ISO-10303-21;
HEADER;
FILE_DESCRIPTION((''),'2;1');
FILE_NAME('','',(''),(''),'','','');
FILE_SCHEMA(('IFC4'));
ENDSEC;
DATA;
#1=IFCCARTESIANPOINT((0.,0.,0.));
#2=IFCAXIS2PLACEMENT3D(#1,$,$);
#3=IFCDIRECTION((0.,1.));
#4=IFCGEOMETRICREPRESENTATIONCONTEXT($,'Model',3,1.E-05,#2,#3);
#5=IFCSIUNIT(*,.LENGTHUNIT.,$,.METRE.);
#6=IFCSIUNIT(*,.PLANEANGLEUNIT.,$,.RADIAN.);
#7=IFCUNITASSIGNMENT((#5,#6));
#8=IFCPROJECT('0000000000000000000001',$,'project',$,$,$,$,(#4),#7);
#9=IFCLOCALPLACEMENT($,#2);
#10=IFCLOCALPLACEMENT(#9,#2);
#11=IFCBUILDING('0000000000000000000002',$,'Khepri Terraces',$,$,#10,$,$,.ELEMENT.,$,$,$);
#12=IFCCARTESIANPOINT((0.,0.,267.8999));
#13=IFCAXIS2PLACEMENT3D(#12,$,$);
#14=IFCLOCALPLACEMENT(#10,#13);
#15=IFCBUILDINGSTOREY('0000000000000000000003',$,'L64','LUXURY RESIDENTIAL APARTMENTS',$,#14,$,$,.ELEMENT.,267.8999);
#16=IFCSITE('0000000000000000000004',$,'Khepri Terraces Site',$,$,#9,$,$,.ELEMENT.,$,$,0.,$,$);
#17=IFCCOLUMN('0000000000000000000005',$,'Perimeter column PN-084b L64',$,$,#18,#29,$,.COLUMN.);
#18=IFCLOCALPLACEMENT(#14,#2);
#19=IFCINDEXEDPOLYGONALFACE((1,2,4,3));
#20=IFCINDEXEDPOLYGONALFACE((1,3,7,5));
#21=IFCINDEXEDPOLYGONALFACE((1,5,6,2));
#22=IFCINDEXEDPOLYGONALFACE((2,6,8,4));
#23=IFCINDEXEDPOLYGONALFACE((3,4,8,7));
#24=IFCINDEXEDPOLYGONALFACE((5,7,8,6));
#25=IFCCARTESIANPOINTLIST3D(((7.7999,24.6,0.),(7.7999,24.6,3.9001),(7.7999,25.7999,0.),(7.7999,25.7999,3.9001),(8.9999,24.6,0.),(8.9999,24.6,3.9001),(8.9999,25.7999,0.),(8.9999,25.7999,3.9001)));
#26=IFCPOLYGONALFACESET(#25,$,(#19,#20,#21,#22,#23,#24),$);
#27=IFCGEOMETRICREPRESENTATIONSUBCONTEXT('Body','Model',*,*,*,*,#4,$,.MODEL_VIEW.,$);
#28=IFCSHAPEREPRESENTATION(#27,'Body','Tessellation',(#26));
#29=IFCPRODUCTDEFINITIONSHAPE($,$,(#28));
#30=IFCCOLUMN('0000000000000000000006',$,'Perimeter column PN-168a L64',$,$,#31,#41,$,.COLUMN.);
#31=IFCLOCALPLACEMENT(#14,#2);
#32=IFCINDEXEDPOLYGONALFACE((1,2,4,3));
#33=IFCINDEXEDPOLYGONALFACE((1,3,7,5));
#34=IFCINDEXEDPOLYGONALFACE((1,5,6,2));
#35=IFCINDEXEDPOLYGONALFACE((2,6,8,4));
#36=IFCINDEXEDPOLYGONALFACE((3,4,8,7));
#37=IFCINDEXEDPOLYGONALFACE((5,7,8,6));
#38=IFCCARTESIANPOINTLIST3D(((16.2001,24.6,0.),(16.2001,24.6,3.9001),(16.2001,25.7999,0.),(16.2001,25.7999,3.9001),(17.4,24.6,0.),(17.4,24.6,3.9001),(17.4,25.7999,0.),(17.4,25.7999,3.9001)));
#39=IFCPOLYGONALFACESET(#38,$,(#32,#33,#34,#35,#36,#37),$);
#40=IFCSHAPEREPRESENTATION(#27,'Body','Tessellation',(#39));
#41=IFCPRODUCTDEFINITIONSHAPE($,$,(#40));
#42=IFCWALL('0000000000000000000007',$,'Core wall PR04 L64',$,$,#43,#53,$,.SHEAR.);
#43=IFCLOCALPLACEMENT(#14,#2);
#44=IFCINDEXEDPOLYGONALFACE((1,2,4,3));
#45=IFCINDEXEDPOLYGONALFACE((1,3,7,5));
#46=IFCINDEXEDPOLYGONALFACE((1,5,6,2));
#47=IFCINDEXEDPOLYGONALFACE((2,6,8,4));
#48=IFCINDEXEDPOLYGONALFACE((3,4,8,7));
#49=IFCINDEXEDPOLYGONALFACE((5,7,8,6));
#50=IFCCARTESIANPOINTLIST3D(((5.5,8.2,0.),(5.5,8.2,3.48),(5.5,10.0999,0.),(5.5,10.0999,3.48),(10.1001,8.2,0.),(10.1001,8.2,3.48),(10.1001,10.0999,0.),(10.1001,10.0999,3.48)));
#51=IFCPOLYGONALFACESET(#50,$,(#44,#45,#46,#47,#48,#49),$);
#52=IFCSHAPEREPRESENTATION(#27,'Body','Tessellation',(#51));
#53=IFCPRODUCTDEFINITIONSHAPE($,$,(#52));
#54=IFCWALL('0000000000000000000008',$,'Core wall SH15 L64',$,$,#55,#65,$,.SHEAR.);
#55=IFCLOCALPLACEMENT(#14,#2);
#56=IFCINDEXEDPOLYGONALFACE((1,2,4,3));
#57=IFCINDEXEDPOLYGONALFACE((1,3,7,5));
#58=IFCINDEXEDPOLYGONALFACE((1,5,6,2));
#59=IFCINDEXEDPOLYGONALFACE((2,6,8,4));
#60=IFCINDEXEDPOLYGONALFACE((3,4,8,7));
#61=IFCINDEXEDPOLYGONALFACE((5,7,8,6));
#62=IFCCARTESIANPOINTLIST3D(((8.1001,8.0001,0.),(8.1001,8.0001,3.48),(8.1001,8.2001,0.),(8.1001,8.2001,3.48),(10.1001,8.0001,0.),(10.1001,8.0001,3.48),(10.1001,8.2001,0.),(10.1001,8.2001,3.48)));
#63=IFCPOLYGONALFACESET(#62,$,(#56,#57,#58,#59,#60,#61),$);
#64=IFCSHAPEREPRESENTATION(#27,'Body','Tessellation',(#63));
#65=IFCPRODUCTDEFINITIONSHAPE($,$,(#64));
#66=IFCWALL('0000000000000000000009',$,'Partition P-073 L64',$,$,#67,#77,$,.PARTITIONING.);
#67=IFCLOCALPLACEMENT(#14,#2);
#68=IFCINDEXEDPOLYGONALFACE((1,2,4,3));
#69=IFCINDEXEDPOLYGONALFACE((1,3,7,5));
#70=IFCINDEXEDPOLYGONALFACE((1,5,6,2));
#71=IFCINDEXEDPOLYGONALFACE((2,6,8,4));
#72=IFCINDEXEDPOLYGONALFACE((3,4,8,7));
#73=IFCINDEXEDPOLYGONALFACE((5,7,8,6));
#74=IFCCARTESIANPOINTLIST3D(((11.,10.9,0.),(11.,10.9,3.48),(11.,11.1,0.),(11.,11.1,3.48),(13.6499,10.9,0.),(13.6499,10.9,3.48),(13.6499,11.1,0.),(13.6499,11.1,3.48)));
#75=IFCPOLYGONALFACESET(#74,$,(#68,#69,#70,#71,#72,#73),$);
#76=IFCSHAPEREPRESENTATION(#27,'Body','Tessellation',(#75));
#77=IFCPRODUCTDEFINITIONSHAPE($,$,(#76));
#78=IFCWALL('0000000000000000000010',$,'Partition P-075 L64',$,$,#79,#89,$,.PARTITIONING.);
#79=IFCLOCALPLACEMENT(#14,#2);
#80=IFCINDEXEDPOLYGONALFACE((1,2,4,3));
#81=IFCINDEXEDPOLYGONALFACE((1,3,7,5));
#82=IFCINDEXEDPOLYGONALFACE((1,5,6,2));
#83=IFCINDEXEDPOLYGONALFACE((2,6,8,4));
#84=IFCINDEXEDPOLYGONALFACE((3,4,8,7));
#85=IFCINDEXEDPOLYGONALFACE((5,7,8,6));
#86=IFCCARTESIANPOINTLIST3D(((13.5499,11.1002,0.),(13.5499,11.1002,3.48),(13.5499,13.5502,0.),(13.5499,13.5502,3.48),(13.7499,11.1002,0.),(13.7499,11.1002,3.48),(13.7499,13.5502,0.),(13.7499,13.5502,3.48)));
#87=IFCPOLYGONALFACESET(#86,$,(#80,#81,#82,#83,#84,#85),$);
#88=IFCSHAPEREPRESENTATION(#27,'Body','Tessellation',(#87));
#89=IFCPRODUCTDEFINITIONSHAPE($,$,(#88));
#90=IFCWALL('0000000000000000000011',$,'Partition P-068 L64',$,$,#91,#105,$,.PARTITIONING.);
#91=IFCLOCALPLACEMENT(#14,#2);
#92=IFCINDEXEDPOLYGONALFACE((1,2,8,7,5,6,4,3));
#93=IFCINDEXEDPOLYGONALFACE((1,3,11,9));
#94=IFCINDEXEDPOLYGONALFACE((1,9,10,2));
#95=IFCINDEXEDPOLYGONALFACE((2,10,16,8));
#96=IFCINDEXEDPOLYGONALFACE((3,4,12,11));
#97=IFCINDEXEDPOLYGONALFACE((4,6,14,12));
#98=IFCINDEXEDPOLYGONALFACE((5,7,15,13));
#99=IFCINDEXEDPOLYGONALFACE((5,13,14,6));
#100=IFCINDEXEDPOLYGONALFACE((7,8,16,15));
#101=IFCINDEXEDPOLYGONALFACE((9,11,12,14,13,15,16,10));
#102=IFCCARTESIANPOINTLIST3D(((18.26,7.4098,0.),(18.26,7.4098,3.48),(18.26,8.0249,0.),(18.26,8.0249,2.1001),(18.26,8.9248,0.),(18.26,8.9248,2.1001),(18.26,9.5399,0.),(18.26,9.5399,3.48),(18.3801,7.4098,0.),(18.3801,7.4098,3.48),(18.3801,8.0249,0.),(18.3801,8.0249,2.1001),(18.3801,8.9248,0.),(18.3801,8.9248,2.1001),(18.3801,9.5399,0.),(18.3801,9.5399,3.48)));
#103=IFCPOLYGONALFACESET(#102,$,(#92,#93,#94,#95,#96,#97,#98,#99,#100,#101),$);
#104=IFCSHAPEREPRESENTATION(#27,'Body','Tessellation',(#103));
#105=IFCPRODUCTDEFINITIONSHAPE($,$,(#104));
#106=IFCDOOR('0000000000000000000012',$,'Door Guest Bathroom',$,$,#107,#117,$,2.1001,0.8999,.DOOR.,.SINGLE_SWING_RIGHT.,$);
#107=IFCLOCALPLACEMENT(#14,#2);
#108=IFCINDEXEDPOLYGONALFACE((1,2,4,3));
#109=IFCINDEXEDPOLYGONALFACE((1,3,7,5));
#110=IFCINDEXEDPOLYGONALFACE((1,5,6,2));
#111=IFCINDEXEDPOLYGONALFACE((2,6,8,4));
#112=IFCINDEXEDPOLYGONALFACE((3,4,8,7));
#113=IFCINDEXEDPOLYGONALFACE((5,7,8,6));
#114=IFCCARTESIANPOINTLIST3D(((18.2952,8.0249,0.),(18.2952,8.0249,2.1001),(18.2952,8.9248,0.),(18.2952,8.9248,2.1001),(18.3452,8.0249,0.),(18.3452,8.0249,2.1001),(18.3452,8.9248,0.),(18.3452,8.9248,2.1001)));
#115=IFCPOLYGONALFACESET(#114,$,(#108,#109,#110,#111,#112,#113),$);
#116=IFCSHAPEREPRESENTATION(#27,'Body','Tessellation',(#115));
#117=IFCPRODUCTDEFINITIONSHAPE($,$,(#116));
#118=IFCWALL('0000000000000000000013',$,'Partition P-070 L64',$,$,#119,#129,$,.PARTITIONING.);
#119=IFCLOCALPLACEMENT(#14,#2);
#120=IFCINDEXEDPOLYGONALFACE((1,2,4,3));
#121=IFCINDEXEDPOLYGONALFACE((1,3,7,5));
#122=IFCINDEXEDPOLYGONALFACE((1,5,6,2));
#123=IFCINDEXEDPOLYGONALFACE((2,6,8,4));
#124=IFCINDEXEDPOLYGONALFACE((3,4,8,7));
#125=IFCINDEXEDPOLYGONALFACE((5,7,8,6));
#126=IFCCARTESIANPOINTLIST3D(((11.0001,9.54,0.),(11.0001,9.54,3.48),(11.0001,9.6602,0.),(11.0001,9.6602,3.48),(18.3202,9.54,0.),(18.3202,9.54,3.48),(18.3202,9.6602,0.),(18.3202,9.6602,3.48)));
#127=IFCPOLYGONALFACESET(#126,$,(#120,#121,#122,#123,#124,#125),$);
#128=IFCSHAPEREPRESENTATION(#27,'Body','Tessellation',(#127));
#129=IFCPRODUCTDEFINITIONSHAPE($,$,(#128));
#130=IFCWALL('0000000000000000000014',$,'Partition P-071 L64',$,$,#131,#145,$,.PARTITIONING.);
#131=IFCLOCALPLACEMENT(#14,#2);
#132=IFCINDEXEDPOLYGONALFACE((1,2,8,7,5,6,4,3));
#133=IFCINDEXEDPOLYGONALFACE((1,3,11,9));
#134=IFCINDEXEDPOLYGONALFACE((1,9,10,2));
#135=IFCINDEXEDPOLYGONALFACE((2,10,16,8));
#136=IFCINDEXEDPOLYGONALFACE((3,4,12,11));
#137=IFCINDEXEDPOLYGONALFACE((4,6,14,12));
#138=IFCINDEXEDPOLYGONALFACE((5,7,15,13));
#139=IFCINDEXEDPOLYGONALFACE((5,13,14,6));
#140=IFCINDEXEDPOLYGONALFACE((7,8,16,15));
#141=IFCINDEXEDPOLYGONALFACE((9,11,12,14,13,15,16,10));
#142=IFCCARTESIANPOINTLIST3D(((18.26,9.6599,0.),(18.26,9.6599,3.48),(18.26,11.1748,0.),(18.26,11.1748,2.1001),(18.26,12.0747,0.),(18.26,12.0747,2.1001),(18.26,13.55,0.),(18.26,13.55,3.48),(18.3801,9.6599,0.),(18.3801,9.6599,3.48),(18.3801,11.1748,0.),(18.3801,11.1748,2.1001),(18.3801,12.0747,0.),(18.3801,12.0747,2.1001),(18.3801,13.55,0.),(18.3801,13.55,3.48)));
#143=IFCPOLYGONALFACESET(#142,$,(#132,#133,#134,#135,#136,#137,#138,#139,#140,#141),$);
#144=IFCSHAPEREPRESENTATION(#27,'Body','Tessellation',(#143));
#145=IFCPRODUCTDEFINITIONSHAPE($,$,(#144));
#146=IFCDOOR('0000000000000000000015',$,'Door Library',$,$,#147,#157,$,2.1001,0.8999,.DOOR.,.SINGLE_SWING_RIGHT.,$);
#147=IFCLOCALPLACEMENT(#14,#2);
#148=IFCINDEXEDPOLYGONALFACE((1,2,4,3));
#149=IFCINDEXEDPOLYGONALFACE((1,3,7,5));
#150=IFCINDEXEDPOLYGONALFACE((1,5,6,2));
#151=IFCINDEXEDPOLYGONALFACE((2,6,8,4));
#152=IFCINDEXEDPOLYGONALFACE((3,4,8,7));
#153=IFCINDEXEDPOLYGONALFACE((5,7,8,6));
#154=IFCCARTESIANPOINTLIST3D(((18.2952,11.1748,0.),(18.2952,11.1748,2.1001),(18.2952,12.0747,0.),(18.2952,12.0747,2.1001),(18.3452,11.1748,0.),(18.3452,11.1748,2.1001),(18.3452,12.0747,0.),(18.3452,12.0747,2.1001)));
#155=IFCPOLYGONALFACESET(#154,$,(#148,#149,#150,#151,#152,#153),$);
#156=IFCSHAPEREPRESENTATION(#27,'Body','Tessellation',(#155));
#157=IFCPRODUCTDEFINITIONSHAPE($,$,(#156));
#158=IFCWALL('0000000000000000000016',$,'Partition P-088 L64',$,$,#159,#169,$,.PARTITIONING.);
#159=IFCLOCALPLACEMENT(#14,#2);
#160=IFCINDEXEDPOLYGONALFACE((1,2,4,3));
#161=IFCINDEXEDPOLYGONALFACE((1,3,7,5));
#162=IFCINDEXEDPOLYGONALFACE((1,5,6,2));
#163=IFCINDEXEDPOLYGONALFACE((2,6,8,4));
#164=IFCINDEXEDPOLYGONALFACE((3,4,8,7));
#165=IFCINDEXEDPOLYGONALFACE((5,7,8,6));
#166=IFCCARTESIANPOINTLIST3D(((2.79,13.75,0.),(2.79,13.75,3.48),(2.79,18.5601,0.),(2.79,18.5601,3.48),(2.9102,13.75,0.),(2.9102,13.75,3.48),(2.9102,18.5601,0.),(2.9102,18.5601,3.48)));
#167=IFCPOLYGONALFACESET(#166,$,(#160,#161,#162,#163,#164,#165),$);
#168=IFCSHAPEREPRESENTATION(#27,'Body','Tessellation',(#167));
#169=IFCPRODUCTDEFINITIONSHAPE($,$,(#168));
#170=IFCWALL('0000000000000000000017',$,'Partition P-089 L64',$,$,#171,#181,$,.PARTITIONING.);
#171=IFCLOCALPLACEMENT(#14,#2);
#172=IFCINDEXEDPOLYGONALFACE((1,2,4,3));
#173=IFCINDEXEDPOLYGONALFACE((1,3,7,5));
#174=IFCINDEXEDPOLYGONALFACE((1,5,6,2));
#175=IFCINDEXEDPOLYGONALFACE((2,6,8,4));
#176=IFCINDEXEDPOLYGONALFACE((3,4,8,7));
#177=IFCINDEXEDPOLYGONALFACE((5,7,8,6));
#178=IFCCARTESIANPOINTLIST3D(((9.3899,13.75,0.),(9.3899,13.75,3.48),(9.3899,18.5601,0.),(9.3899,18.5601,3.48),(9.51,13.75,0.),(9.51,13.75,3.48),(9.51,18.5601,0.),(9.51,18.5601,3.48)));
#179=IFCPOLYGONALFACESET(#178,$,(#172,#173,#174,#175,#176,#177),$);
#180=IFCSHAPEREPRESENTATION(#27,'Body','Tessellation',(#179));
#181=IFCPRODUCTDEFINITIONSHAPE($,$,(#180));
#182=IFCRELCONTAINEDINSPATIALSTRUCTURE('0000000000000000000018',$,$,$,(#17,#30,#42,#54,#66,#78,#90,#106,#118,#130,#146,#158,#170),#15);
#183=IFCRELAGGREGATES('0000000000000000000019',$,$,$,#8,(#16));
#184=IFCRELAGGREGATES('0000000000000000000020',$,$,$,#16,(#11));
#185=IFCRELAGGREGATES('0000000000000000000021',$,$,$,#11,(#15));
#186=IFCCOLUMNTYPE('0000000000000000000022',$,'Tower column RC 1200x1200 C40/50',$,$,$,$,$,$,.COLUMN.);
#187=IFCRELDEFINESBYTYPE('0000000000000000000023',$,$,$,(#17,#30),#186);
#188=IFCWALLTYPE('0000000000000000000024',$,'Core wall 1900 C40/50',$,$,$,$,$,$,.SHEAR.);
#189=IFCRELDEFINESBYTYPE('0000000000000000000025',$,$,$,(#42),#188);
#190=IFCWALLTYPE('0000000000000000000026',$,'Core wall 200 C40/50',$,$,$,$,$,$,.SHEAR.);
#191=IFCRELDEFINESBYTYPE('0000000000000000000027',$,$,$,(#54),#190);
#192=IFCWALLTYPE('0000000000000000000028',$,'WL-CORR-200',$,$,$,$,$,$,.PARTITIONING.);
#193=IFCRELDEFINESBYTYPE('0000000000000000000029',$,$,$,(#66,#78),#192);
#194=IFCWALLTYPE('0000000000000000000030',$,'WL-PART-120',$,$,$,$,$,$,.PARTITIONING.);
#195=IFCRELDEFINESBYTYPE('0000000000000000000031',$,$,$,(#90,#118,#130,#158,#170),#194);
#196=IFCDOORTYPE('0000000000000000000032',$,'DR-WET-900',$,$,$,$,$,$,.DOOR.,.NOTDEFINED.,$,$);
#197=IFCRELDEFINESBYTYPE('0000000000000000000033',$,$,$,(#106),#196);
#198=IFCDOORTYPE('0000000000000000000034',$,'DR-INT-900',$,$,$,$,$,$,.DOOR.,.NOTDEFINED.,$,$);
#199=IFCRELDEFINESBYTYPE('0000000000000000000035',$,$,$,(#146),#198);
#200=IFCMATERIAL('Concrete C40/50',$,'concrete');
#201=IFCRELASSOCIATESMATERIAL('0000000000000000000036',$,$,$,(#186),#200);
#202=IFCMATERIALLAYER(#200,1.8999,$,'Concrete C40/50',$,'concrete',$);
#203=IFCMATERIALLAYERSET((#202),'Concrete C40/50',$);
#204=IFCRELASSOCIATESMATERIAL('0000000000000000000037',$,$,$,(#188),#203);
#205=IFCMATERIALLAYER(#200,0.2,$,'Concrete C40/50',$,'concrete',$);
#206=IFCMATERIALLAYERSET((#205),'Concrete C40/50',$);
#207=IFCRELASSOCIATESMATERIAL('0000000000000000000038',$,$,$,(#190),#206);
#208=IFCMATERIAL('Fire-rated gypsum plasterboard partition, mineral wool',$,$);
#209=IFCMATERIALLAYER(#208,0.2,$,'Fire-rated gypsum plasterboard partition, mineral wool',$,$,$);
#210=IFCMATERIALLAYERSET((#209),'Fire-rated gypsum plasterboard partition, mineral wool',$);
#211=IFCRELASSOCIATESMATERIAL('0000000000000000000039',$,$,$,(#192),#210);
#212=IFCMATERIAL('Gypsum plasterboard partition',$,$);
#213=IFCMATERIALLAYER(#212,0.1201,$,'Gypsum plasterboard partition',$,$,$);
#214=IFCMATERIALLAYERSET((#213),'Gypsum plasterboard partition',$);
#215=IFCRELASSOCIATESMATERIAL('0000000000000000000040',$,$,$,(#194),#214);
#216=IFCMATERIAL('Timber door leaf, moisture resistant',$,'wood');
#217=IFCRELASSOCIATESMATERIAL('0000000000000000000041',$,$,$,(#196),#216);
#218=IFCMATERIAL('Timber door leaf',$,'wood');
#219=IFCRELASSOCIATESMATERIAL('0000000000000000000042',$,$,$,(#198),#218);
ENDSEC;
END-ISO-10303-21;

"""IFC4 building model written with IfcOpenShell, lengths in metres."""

from ifc_helpers import new_model, si_unit, direction, frame, frame_2d, origin, origin_2d, place, context, subcontext, project, spatial, rectangle, extrude, material, layer, layer_set, material_profile, profile_set, type_object, element, fill, save


model = new_model("IFC4")

# Units and contexts
model_context = context("Model", 3, precision=1e-05, world=origin(), true_north=direction((0.0, 1.0)))
body_context = subcontext(model_context, "Body", "Model", "MODEL_VIEW")
ifc_project = project(units=[si_unit("LENGTHUNIT", "METRE"), si_unit("PLANEANGLEUNIT", "RADIAN")], contexts=[model_context])

# Site, building, storey
site_placement = place(None, origin())
site = spatial("IfcSite", under=ifc_project, at=site_placement, Name="Khepri Terraces Site", CompositionType="ELEMENT", RefElevation=0.0)
building_placement = place(site_placement, origin())
building = spatial("IfcBuilding", under=site, at=building_placement, Name="Khepri Terraces", CompositionType="ELEMENT")
storey_placement = place(building_placement, frame((0.0, 0.0, 267.8999)))
storey = spatial("IfcBuildingStorey", under=building, at=storey_placement, Name="L64", Description="LUXURY RESIDENTIAL APARTMENTS", CompositionType="ELEMENT", Elevation=267.8999)

# Columns
ifc_material_1 = material(Name="Concrete C40/50", Category="concrete")
ifc_material_profile = material_profile(ifc_material_1, rectangle(XDim=1.2, YDim=1.2, at=origin_2d()), Name="Concrete C40/50", Category="concrete")
ifc_profile_set = profile_set([ifc_material_profile], Name="Concrete C40/50")
column_type = type_object("IfcColumnType", Name="Tower column RC 1200x1200 C40/50", PredefinedType="COLUMN", material=ifc_profile_set)
for number, where, z_axis, x_axis, name in (
    (1, (8.3999, 25.2, 0.0), (0.0, 0.0, 1.0), (1.0, 0.0, 0.0), "Perimeter column PN-084b L64"),
    (2, (16.8, 25.2, 0.0), (0.0, 0.0, 1.0), (1.0, 0.0, 0.0), "Perimeter column PN-168a L64"),
):
    element("IfcColumn", number, at=place(storey_placement, frame(where, z_axis=z_axis, x_axis=x_axis)), inside=storey, type_object=column_type, Name=name, PredefinedType="COLUMN", context=body_context, shape_type="SweptSolid", body=[
        extrude(rectangle(XDim=1.2, YDim=1.2, at=origin_2d()), origin(), (0.0, 0.0, 1.0), 3.9001),
    ])

# Walls
ifc_layer_1 = layer(ifc_material_1, 1.8999, Name="Concrete C40/50", Category="concrete")
ifc_layer_set_1 = layer_set([ifc_layer_1], Name="Concrete C40/50")
wall_type_1 = type_object("IfcWallType", Name="Core wall 1900 C40/50", PredefinedType="SHEAR", material=ifc_layer_set_1)
wall_1_placement = place(storey_placement, frame((5.5, 9.1499, 0.0), z_axis=(0.0, 0.0, 1.0), x_axis=(1.0, 0.0, 0.0)))
element("IfcWall", 3, at=wall_1_placement, inside=storey, type_object=wall_type_1, Name="Core wall PR04 L64", PredefinedType="SHEAR", context=body_context, shape_type="SweptSolid", body=[
    extrude(rectangle(XDim=4.6001, YDim=1.8999, at=frame_2d((2.3, 0.0))), origin(), (0.0, 0.0, 1.0), 3.48),
])
ifc_layer_2 = layer(ifc_material_1, 0.2, Name="Concrete C40/50", Category="concrete")
ifc_layer_set_2 = layer_set([ifc_layer_2], Name="Concrete C40/50")
wall_type_2 = type_object("IfcWallType", Name="Core wall 200 C40/50", PredefinedType="SHEAR", material=ifc_layer_set_2)
wall_2_placement = place(storey_placement, frame((8.1001, 8.1001, 0.0), z_axis=(0.0, 0.0, 1.0), x_axis=(1.0, 0.0, 0.0)))
element("IfcWall", 4, at=wall_2_placement, inside=storey, type_object=wall_type_2, Name="Core wall SH15 L64", PredefinedType="SHEAR", context=body_context, shape_type="SweptSolid", body=[
    extrude(rectangle(XDim=2.0, YDim=0.2, at=frame_2d((1.0, 0.0))), origin(), (0.0, 0.0, 1.0), 3.48),
])
ifc_material_2 = material(Name="Fire-rated gypsum plasterboard partition, mineral wool")
ifc_layer_3 = layer(ifc_material_2, 0.2, Name="Fire-rated gypsum plasterboard partition, mineral wool")
ifc_layer_set_3 = layer_set([ifc_layer_3], Name="Fire-rated gypsum plasterboard partition, mineral wool")
wall_type_3 = type_object("IfcWallType", Name="WL-CORR-200", PredefinedType="PARTITIONING", material=ifc_layer_set_3)
wall_3_placement = place(storey_placement, frame((11.0, 11.0, 0.0), z_axis=(0.0, 0.0, 1.0), x_axis=(1.0, 0.0, 0.0)))
element("IfcWall", 5, at=wall_3_placement, inside=storey, type_object=wall_type_3, Name="Partition P-073 L64", PredefinedType="PARTITIONING", context=body_context, shape_type="SweptSolid", body=[
    extrude(rectangle(XDim=2.6499, YDim=0.2, at=frame_2d((1.325, 0.0))), origin(), (0.0, 0.0, 1.0), 3.48),
])
wall_4_placement = place(storey_placement, frame((13.6499, 11.1001, 0.0), z_axis=(0.0, 0.0, 1.0), x_axis=(0.0, 1.0, 0.0)))
element("IfcWall", 6, at=wall_4_placement, inside=storey, type_object=wall_type_3, Name="Partition P-075 L64", PredefinedType="PARTITIONING", context=body_context, shape_type="SweptSolid", body=[
    extrude(rectangle(XDim=2.45, YDim=0.2, at=frame_2d((1.2251, 0.0))), origin(), (0.0, 0.0, 1.0), 3.48),
])

# Wall, opening, door
ifc_material_3 = material(Name="Gypsum plasterboard partition")
ifc_layer_4 = layer(ifc_material_3, 0.1201, Name="Gypsum plasterboard partition")
ifc_layer_set_4 = layer_set([ifc_layer_4], Name="Gypsum plasterboard partition")
wall_type_4 = type_object("IfcWallType", Name="WL-PART-120", PredefinedType="PARTITIONING", material=ifc_layer_set_4)
wall_5_placement = place(storey_placement, frame((18.3201, 7.4099, 0.0), z_axis=(0.0, 0.0, 1.0), x_axis=(0.0, 1.0, 0.0)))
wall_5 = element("IfcWall", 7, at=wall_5_placement, inside=storey, type_object=wall_type_4, Name="Partition P-068 L64", PredefinedType="PARTITIONING", context=body_context, shape_type="SweptSolid", body=[
    extrude(rectangle(XDim=2.1301, YDim=0.1201, at=frame_2d((1.0649, 0.0))), origin(), (0.0, 0.0, 1.0), 3.48),
])
opening_1_placement = place(wall_5_placement, frame((0.615, 0.0, 0.0)))
opening_1 = element("IfcOpeningElement", 8, at=opening_1_placement, cuts=wall_5, PredefinedType="OPENING", context=body_context, shape_type="SweptSolid", body=[
    extrude(rectangle(XDim=0.8999, YDim=2.1001, at=frame_2d((0.45, 1.05))), frame((0.0, 0.0701, 0.0), z_axis=(0.0, -1.0, 0.0), x_axis=(1.0, 0.0, 0.0)), (0.0, 0.0, 1.0), 0.1401),
])
ifc_material_4 = material(Name="Timber door leaf, moisture resistant", Category="wood")
door_type_1 = type_object("IfcDoorType", Name="DR-WET-900", OperationType="NOTDEFINED", PredefinedType="DOOR", material=ifc_material_4)
door_1_placement = place(opening_1_placement, origin())
door_1 = element("IfcDoor", 9, at=door_1_placement, inside=storey, type_object=door_type_1, Name="Door Guest Bathroom", OperationType="SINGLE_SWING_RIGHT", OverallHeight=2.1001, OverallWidth=0.8999, PredefinedType="DOOR", context=body_context, shape_type="SweptSolid", body=[
    extrude(rectangle(XDim=0.8999, YDim=2.1001, at=frame_2d((0.45, 1.05))), frame((0.0, 0.0249, 0.0), z_axis=(0.0, -1.0, 0.0), x_axis=(1.0, 0.0, 0.0)), (0.0, 0.0, 1.0), 0.05),
])
fill(opening_1, door_1)

# Wall
wall_6_placement = place(storey_placement, frame((11.0, 9.6001, 0.0), z_axis=(0.0, 0.0, 1.0), x_axis=(1.0, 0.0, 0.0)))
element("IfcWall", 10, at=wall_6_placement, inside=storey, type_object=wall_type_4, Name="Partition P-070 L64", PredefinedType="PARTITIONING", context=body_context, shape_type="SweptSolid", body=[
    extrude(rectangle(XDim=7.3201, YDim=0.1201, at=frame_2d((3.6602, 0.0))), origin(), (0.0, 0.0, 1.0), 3.48),
])

# Wall, opening, door
wall_7_placement = place(storey_placement, frame((18.3201, 9.6599, 0.0), z_axis=(0.0, 0.0, 1.0), x_axis=(0.0, 1.0, 0.0)))
wall_7 = element("IfcWall", 11, at=wall_7_placement, inside=storey, type_object=wall_type_4, Name="Partition P-071 L64", PredefinedType="PARTITIONING", context=body_context, shape_type="SweptSolid", body=[
    extrude(rectangle(XDim=3.8901, YDim=0.1201, at=frame_2d((1.9451, 0.0))), origin(), (0.0, 0.0, 1.0), 3.48),
])
opening_2_placement = place(wall_7_placement, frame((1.5149, 0.0, 0.0)))
opening_2 = element("IfcOpeningElement", 12, at=opening_2_placement, cuts=wall_7, PredefinedType="OPENING", context=body_context, shape_type="SweptSolid", body=[
    extrude(rectangle(XDim=0.8999, YDim=2.1001, at=frame_2d((0.45, 1.05))), frame((0.0, 0.0701, 0.0), z_axis=(0.0, -1.0, 0.0), x_axis=(1.0, 0.0, 0.0)), (0.0, 0.0, 1.0), 0.1401),
])
ifc_material_5 = material(Name="Timber door leaf", Category="wood")
door_type_2 = type_object("IfcDoorType", Name="DR-INT-900", OperationType="NOTDEFINED", PredefinedType="DOOR", material=ifc_material_5)
door_2_placement = place(opening_2_placement, origin())
door_2 = element("IfcDoor", 13, at=door_2_placement, inside=storey, type_object=door_type_2, Name="Door Library", OperationType="SINGLE_SWING_RIGHT", OverallHeight=2.1001, OverallWidth=0.8999, PredefinedType="DOOR", context=body_context, shape_type="SweptSolid", body=[
    extrude(rectangle(XDim=0.8999, YDim=2.1001, at=frame_2d((0.45, 1.05))), frame((0.0, 0.0249, 0.0), z_axis=(0.0, -1.0, 0.0), x_axis=(1.0, 0.0, 0.0)), (0.0, 0.0, 1.0), 0.05),
])
fill(opening_2, door_2)

# Walls
for number, where, z_axis, x_axis, name in (
    (14, (2.8501, 13.75, 0.0), (0.0, 0.0, 1.0), (0.0, 1.0, 0.0), "Partition P-088 L64"),
    (15, (9.45, 13.75, 0.0), (0.0, 0.0, 1.0), (0.0, 1.0, 0.0), "Partition P-089 L64"),
):
    element("IfcWall", number, at=place(storey_placement, frame(where, z_axis=z_axis, x_axis=x_axis)), inside=storey, type_object=wall_type_4, Name=name, PredefinedType="PARTITIONING", context=body_context, shape_type="SweptSolid", body=[
        extrude(rectangle(XDim=4.8101, YDim=0.1201, at=frame_2d((2.405, 0.0))), origin(), (0.0, 0.0, 1.0), 3.48),
    ])

save(model, "model.ifc")
